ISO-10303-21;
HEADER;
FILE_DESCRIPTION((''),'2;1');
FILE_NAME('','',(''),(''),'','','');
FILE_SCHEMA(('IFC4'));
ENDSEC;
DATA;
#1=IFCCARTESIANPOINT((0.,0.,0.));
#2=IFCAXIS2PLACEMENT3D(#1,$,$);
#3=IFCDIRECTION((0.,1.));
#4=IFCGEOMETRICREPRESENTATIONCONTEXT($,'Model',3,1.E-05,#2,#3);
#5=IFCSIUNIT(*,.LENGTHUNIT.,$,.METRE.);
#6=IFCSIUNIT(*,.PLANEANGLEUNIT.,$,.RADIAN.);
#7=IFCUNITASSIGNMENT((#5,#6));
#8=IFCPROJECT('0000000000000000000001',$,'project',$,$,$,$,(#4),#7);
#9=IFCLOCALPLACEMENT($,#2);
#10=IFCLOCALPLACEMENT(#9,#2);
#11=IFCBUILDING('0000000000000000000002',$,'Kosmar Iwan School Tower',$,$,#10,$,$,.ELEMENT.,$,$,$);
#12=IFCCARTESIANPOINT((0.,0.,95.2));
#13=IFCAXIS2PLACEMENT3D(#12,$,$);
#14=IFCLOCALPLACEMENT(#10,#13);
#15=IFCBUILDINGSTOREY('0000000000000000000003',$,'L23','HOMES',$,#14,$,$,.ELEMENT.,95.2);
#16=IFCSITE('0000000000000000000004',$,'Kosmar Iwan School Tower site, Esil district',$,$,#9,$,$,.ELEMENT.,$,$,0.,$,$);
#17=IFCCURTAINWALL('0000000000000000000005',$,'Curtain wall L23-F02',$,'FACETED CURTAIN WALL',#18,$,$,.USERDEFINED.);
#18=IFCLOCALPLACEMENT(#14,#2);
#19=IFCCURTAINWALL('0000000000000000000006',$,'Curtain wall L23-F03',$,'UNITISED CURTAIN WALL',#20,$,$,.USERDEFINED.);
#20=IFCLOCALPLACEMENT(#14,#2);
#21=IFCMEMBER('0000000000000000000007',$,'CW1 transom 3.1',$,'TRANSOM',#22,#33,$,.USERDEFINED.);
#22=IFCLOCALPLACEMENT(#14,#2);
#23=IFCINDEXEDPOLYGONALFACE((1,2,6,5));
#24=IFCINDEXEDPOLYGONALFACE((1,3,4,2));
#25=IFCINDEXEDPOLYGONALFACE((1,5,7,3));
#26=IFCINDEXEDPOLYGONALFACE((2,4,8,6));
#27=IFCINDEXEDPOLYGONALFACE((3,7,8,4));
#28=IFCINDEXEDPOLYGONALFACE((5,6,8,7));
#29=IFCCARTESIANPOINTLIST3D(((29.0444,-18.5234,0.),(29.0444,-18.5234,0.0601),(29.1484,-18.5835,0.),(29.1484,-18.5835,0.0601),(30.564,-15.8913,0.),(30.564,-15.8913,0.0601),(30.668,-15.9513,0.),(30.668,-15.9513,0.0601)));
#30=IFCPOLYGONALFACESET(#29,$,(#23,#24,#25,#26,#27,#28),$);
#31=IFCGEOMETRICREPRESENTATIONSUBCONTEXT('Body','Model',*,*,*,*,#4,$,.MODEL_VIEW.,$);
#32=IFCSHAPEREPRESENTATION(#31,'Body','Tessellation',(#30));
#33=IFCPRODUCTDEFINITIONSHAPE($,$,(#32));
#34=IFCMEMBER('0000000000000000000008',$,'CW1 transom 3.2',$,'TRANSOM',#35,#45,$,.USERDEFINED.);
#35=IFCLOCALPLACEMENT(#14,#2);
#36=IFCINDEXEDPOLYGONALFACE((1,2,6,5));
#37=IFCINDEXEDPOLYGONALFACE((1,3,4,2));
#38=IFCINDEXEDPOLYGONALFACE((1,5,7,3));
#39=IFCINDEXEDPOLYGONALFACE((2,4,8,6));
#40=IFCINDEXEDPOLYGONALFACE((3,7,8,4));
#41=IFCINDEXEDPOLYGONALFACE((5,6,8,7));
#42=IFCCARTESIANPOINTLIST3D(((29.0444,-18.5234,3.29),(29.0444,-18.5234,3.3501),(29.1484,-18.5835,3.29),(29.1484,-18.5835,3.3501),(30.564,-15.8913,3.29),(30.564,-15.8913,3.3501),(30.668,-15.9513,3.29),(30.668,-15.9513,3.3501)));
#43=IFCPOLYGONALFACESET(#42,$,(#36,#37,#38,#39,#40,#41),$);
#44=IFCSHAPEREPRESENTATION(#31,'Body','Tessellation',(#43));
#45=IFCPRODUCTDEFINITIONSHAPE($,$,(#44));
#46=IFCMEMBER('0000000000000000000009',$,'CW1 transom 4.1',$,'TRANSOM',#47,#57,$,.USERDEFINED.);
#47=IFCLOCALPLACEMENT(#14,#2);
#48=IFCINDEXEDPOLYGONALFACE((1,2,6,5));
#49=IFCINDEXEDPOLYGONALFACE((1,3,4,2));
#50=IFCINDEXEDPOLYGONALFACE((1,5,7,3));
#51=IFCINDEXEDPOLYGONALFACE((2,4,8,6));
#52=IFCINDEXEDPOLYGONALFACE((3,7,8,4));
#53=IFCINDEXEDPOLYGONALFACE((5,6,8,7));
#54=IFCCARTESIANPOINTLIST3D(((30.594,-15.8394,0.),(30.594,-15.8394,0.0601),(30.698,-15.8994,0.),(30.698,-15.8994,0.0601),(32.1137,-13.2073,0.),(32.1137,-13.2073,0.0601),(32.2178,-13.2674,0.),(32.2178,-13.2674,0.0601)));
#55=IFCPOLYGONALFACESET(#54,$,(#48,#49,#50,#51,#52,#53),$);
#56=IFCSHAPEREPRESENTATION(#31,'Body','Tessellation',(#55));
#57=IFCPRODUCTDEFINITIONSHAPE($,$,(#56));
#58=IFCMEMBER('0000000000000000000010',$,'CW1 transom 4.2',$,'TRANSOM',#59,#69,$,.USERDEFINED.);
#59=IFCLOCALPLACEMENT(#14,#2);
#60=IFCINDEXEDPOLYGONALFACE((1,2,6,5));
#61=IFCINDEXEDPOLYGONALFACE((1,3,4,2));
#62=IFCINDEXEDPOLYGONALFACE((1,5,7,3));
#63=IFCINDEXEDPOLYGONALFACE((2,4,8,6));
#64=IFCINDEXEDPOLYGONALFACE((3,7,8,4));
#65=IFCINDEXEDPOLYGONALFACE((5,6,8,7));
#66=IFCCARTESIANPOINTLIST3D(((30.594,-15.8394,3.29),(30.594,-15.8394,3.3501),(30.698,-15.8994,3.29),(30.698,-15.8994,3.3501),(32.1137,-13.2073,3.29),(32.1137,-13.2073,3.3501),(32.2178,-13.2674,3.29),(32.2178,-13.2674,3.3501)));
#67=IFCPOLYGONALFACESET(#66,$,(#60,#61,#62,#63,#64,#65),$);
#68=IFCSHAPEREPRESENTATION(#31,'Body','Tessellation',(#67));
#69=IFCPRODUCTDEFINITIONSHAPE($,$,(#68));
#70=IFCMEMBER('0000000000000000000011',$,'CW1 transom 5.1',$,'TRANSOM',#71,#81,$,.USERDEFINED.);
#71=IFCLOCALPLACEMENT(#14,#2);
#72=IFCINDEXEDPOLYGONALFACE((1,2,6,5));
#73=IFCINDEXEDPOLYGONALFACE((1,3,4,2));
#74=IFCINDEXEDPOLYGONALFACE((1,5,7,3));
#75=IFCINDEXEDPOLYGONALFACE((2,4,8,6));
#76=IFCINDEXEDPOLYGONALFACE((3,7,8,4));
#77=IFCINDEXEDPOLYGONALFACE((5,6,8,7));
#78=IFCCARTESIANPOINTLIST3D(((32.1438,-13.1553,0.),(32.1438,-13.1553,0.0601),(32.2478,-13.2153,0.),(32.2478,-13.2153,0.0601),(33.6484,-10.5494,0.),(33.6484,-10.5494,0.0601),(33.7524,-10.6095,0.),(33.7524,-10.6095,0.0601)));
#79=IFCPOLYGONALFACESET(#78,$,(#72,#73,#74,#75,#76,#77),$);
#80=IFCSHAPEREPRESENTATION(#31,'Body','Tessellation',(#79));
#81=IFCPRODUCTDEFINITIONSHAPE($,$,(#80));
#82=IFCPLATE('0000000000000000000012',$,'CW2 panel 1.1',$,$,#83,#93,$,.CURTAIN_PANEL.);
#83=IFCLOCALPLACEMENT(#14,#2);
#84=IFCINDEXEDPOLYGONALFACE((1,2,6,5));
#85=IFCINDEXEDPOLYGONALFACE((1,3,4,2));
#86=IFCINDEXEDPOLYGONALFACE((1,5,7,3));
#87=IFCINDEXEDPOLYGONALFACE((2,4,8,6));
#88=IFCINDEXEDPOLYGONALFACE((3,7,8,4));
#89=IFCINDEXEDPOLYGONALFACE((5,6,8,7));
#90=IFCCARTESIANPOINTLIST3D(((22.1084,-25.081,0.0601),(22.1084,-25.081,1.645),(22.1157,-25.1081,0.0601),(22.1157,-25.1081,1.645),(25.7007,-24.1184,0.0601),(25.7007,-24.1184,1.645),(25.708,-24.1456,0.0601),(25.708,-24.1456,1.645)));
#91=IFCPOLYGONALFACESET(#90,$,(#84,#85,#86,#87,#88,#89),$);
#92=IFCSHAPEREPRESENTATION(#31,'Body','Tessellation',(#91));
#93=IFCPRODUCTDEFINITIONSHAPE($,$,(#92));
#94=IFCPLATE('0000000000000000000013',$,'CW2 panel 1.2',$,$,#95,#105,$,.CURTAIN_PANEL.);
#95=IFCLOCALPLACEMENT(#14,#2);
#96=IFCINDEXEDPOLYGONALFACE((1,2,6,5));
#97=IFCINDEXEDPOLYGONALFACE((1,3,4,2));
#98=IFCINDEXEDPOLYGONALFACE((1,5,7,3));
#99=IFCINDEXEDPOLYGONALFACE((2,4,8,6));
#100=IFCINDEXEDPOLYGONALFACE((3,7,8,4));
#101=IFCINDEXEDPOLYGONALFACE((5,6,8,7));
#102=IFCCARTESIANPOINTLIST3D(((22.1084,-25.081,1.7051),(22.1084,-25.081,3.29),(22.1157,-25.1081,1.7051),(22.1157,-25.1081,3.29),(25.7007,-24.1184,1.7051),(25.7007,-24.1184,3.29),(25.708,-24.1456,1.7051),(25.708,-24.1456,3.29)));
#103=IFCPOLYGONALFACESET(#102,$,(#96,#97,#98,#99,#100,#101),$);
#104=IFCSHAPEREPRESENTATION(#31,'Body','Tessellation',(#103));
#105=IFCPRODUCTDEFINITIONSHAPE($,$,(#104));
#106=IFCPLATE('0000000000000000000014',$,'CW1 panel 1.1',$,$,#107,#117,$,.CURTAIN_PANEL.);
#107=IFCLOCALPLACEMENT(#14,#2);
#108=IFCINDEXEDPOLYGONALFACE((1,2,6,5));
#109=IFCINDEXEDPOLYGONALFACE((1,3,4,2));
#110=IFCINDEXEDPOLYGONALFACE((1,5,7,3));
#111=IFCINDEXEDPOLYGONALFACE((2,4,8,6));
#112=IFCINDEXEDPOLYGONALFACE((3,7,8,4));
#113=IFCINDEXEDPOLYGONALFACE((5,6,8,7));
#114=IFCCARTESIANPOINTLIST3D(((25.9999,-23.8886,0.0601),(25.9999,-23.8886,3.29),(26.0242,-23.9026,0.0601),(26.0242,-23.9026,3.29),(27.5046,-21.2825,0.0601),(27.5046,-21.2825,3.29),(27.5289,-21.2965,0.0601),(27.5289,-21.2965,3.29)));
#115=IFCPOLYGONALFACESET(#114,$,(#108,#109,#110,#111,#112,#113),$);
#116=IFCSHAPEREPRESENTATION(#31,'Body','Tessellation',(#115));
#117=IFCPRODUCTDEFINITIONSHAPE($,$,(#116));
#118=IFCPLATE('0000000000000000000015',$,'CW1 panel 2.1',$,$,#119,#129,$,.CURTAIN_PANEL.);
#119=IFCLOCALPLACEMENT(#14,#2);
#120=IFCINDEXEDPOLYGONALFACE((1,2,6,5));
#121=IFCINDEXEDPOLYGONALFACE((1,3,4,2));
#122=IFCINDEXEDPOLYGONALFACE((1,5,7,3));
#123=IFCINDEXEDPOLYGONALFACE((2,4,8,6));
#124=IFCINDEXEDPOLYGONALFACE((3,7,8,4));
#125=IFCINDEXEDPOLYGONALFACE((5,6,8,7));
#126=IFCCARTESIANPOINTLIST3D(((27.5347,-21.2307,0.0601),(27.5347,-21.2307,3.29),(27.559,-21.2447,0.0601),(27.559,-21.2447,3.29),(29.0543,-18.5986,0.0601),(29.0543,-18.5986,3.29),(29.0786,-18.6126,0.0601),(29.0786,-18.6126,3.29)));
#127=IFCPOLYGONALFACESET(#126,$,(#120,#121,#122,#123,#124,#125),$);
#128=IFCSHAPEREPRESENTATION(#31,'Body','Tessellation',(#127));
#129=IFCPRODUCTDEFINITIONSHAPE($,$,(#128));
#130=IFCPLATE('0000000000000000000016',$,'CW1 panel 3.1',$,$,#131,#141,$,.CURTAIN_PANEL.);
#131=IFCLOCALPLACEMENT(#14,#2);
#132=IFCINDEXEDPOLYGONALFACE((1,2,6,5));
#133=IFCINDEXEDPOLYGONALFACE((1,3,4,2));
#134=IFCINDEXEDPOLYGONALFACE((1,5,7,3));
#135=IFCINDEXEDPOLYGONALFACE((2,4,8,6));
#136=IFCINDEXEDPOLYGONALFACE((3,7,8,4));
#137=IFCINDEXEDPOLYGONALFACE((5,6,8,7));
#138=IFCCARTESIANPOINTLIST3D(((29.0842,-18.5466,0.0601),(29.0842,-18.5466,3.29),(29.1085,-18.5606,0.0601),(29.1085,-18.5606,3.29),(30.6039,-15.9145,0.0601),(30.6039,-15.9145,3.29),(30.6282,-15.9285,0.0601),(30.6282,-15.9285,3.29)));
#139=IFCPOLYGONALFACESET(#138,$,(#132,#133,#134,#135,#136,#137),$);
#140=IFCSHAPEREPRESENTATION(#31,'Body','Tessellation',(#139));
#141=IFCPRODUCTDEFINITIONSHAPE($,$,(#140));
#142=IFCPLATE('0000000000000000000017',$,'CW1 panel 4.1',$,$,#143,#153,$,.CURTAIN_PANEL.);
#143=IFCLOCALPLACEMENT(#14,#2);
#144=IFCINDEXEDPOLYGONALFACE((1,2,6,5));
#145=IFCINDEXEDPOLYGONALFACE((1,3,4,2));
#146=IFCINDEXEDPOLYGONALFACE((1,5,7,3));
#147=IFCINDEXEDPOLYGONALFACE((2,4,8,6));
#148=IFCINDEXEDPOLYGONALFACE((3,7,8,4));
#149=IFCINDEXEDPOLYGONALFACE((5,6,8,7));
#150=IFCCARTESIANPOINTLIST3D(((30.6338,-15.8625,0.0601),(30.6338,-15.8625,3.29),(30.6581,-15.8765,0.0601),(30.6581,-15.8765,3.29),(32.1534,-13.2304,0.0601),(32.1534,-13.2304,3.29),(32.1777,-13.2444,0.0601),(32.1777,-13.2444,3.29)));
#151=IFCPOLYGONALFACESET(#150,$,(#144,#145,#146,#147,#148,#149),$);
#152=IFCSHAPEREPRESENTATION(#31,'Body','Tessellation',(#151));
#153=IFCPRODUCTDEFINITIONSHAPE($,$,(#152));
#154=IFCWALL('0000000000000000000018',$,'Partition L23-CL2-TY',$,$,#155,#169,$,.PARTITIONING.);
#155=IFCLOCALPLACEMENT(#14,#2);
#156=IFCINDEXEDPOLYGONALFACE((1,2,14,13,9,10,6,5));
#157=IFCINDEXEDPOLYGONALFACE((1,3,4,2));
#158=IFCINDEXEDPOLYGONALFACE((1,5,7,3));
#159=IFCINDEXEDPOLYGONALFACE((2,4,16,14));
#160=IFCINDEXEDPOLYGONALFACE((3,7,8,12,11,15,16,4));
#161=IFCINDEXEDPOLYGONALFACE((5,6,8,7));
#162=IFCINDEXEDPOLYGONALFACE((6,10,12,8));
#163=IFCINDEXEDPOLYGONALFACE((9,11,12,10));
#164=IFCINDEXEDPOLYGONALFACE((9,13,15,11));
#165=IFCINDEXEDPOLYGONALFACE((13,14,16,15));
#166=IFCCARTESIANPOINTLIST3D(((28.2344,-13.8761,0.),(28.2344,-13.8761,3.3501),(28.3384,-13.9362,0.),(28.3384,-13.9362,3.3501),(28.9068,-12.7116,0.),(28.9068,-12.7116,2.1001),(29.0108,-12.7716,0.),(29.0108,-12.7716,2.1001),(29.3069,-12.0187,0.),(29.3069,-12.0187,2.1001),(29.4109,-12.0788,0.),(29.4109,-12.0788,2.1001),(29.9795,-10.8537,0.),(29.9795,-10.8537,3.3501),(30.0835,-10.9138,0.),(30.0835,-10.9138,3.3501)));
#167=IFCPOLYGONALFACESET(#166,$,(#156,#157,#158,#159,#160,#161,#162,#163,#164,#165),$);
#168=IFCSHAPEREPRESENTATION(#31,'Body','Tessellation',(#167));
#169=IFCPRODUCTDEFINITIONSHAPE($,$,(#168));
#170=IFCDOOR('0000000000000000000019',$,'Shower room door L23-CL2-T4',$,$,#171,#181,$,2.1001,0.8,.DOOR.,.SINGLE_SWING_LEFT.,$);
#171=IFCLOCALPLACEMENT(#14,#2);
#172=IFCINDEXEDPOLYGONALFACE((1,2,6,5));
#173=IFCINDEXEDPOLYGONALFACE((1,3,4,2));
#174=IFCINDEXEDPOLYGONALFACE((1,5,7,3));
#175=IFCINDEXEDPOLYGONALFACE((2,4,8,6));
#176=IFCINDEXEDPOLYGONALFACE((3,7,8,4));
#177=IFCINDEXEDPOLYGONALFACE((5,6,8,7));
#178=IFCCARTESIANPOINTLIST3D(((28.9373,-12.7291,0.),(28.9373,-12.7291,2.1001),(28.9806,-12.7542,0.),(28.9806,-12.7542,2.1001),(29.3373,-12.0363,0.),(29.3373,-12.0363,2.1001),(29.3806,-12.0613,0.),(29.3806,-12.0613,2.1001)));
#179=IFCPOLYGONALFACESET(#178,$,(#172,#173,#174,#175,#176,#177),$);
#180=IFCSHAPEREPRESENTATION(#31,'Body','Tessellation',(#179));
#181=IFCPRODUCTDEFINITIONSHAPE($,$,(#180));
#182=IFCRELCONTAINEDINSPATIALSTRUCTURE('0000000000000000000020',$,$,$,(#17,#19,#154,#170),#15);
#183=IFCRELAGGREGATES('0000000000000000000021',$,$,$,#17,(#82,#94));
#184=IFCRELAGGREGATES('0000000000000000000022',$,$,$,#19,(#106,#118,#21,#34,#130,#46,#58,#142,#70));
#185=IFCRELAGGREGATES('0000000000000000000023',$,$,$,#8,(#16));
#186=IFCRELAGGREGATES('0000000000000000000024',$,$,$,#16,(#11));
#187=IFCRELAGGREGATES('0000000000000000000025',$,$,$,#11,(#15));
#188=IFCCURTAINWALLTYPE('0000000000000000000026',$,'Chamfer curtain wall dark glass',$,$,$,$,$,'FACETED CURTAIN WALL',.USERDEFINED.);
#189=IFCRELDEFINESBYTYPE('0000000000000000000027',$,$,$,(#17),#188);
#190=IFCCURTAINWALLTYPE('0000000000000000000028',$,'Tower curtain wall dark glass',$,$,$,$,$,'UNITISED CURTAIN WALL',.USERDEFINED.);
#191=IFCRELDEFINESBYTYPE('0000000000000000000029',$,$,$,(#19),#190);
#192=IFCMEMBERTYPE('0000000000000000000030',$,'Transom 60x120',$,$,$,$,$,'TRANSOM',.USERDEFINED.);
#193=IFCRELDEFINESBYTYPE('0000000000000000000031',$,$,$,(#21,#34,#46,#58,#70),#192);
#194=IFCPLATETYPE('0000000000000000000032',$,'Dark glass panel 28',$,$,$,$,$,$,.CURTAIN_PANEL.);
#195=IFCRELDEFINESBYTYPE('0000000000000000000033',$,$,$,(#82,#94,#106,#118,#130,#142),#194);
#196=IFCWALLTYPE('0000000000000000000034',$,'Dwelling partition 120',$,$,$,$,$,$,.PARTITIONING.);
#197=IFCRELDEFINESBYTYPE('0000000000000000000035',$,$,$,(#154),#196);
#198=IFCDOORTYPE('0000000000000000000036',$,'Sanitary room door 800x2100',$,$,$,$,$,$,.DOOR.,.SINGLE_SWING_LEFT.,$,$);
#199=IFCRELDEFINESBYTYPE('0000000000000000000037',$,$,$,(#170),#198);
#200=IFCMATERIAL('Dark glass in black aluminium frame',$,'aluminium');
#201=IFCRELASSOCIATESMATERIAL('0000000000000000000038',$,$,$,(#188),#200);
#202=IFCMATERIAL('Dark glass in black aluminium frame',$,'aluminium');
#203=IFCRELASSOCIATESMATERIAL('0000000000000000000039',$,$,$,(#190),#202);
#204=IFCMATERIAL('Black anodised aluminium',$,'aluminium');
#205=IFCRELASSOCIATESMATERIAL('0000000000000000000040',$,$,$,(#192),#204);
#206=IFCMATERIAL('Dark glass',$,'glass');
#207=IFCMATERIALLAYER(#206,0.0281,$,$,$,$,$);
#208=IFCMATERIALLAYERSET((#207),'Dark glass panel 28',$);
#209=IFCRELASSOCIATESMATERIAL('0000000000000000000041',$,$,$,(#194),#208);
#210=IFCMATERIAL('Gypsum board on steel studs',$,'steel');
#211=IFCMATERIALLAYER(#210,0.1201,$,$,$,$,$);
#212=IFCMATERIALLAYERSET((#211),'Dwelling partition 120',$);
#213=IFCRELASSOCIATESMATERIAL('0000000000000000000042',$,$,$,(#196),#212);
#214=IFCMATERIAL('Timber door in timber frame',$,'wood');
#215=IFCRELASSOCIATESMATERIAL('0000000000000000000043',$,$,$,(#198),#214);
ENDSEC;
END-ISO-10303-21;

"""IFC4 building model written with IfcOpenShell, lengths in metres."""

from ifc_helpers import new_model, si_unit, direction, frame, frame_2d, origin, origin_2d, place, context, subcontext, project, spatial, rectangle, extrude, material, layer, layer_set, material_profile, profile_set, type_object, element, fill, aggregate, save


model = new_model("IFC4")

# Units and contexts
model_context = context("Model", 3, precision=1e-05, world=origin(), true_north=direction((0.0, 1.0)))
body_context = subcontext(model_context, "Body", "Model", "MODEL_VIEW")
ifc_project = project(units=[si_unit("LENGTHUNIT", "METRE"), si_unit("PLANEANGLEUNIT", "RADIAN")], contexts=[model_context])

# Site, building, storey
site_placement = place(None, origin())
site = spatial("IfcSite", under=ifc_project, at=site_placement, Name="Kosmar Iwan School Tower site, Esil district", CompositionType="ELEMENT", RefElevation=0.0)
building_placement = place(site_placement, origin())
building = spatial("IfcBuilding", under=site, at=building_placement, Name="Kosmar Iwan School Tower", CompositionType="ELEMENT")
storey_placement = place(building_placement, frame((0.0, 0.0, 95.2)))
storey = spatial("IfcBuildingStorey", under=building, at=storey_placement, Name="L23", Description="HOMES", CompositionType="ELEMENT", Elevation=95.2)

# Curtain wall
ifc_material_1 = material(Name="Dark glass in black aluminium frame", Category="aluminium")
curtain_wall_type_1 = type_object("IfcCurtainWallType", Name="Chamfer curtain wall dark glass", ElementType="FACETED CURTAIN WALL", PredefinedType="USERDEFINED", material=ifc_material_1)
curtain_wall_1_placement = place(storey_placement, origin())
curtain_wall_1 = element("IfcCurtainWall", 1, at=curtain_wall_1_placement, inside=storey, type_object=curtain_wall_type_1, Name="Curtain wall L23-F02", ObjectType="FACETED CURTAIN WALL", PredefinedType="USERDEFINED")

# Curtain wall
ifc_material_2 = material(Name="Dark glass in black aluminium frame", Category="aluminium")
curtain_wall_type_2 = type_object("IfcCurtainWallType", Name="Tower curtain wall dark glass", ElementType="UNITISED CURTAIN WALL", PredefinedType="USERDEFINED", material=ifc_material_2)
curtain_wall_2_placement = place(storey_placement, origin())
curtain_wall_2 = element("IfcCurtainWall", 2, at=curtain_wall_2_placement, inside=storey, type_object=curtain_wall_type_2, Name="Curtain wall L23-F03", ObjectType="UNITISED CURTAIN WALL", PredefinedType="USERDEFINED")

# Members
ifc_material_3 = material(Name="Black anodised aluminium", Category="aluminium")
ifc_material_profile_1 = material_profile(ifc_material_3, rectangle(XDim=0.1201, YDim=0.0601, at=origin_2d()), Name="TRANSOM 60x120")
ifc_profile_set_1 = profile_set([ifc_material_profile_1], Name="Black anodised aluminium")
member_type_1 = type_object("IfcMemberType", Name="Transom 60x120", ElementType="TRANSOM", PredefinedType="USERDEFINED", material=ifc_profile_set_1)
member_1_placement = place(storey_placement, frame((29.0964, -18.5535, 0.03), z_axis=(0.499975, 0.86604, 0.0), x_axis=(-0.86604, 0.499975, 0.0)))
member_1 = element("IfcMember", 3, at=member_1_placement, type_object=member_type_1, Name="CW1 transom 3.1", ObjectType="TRANSOM", PredefinedType="USERDEFINED", context=body_context, shape_type="SweptSolid", body=[
    extrude(rectangle(XDim=0.1201, YDim=0.0601, at=origin_2d()), origin(), (0.0, 0.0, 1.0), 3.0393),
])
member_2_placement = place(storey_placement, frame((29.0964, -18.5535, 3.3201), z_axis=(0.499975, 0.86604, 0.0), x_axis=(-0.86604, 0.499975, 0.0)))
member_2 = element("IfcMember", 4, at=member_2_placement, type_object=member_type_1, Name="CW1 transom 3.2", ObjectType="TRANSOM", PredefinedType="USERDEFINED", context=body_context, shape_type="SweptSolid", body=[
    extrude(rectangle(XDim=0.1201, YDim=0.0601, at=origin_2d()), origin(), (0.0, 0.0, 1.0), 3.0393),
])
member_3_placement = place(storey_placement, frame((30.646, -15.8694, 0.03), z_axis=(0.500035, 0.866005, 0.0), x_axis=(-0.866005, 0.500035, 0.0)))
member_3 = element("IfcMember", 5, at=member_3_placement, type_object=member_type_1, Name="CW1 transom 4.1", ObjectType="TRANSOM", PredefinedType="USERDEFINED", context=body_context, shape_type="SweptSolid", body=[
    extrude(rectangle(XDim=0.1201, YDim=0.0601, at=origin_2d()), origin(), (0.0, 0.0, 1.0), 3.0393),
])
member_4_placement = place(storey_placement, frame((30.646, -15.8694, 3.3201), z_axis=(0.500035, 0.866005, 0.0), x_axis=(-0.866005, 0.500035, 0.0)))
member_4 = element("IfcMember", 6, at=member_4_placement, type_object=member_type_1, Name="CW1 transom 4.2", ObjectType="TRANSOM", PredefinedType="USERDEFINED", context=body_context, shape_type="SweptSolid", body=[
    extrude(rectangle(XDim=0.1201, YDim=0.0601, at=origin_2d()), origin(), (0.0, 0.0, 1.0), 3.0393),
])
member_5_placement = place(storey_placement, frame((32.1958, -13.1853, 0.03), z_axis=(0.500022, 0.866013, 0.0), x_axis=(-0.866013, 0.500022, 0.0)))
member_5 = element("IfcMember", 7, at=member_5_placement, type_object=member_type_1, Name="CW1 transom 5.1", ObjectType="TRANSOM", PredefinedType="USERDEFINED", context=body_context, shape_type="SweptSolid", body=[
    extrude(rectangle(XDim=0.1201, YDim=0.0601, at=origin_2d()), origin(), (0.0, 0.0, 1.0), 3.009),
])

# Plates
ifc_material_4 = material(Name="Dark glass", Category="glass")
ifc_layer_1 = layer(ifc_material_4, 0.0281)
ifc_layer_set_1 = layer_set([ifc_layer_1], Name="Dark glass panel 28")
plate_type = type_object("IfcPlateType", Name="Dark glass panel 28", PredefinedType="CURTAIN_PANEL", material=ifc_layer_set_1)
plate_1_placement = place(storey_placement, frame((23.9082, -24.6133, 0.0601), z_axis=(0.0, 0.0, 1.0), x_axis=(0.965926, 0.258819, 0.0)))
plate_1 = element("IfcPlate", 8, at=plate_1_placement, type_object=plate_type, Name="CW2 panel 1.1", PredefinedType="CURTAIN_PANEL", context=body_context, shape_type="SweptSolid", body=[
    extrude(rectangle(XDim=3.719, YDim=0.0281, at=origin_2d()), origin(), (0.0, 0.0, 1.0), 1.585),
])
plate_2_placement = place(storey_placement, frame((23.9082, -24.6133, 1.7051), z_axis=(0.0, 0.0, 1.0), x_axis=(0.965926, 0.258819, 0.0)))
plate_2 = element("IfcPlate", 9, at=plate_2_placement, type_object=plate_type, Name="CW2 panel 1.2", PredefinedType="CURTAIN_PANEL", context=body_context, shape_type="SweptSolid", body=[
    extrude(rectangle(XDim=3.719, YDim=0.0281, at=origin_2d()), origin(), (0.0, 0.0, 1.0), 1.585),
])
aggregate(curtain_wall_1, [plate_1, plate_2])
plate_3_placement = place(storey_placement, frame((26.7644, -22.5925, 0.0601), z_axis=(0.0, 0.0, 1.0), x_axis=(0.5, 0.866025, 0.0)))
plate_3 = element("IfcPlate", 10, at=plate_3_placement, type_object=plate_type, Name="CW1 panel 1.1", PredefinedType="CURTAIN_PANEL", context=body_context, shape_type="SweptSolid", body=[
    extrude(rectangle(XDim=3.0093, YDim=0.0281, at=origin_2d()), origin(), (0.0, 0.0, 1.0), 3.23),
])
plate_4_placement = place(storey_placement, frame((28.3066, -19.9216, 0.0601), z_axis=(0.0, 0.0, 1.0), x_axis=(0.5, 0.866025, 0.0)))
plate_4 = element("IfcPlate", 11, at=plate_4_placement, type_object=plate_type, Name="CW1 panel 2.1", PredefinedType="CURTAIN_PANEL", context=body_context, shape_type="SweptSolid", body=[
    extrude(rectangle(XDim=3.0393, YDim=0.0281, at=origin_2d()), origin(), (0.0, 0.0, 1.0), 3.23),
])
plate_5_placement = place(storey_placement, frame((29.8562, -17.2375, 0.0601), z_axis=(0.0, 0.0, 1.0), x_axis=(0.5, 0.866025, 0.0)))
plate_5 = element("IfcPlate", 12, at=plate_5_placement, type_object=plate_type, Name="CW1 panel 3.1", PredefinedType="CURTAIN_PANEL", context=body_context, shape_type="SweptSolid", body=[
    extrude(rectangle(XDim=3.0393, YDim=0.0281, at=origin_2d()), origin(), (0.0, 0.0, 1.0), 3.23),
])
plate_6_placement = place(storey_placement, frame((31.4058, -14.5535, 0.0601), z_axis=(0.0, 0.0, 1.0), x_axis=(0.5, 0.866025, 0.0)))
plate_6 = element("IfcPlate", 13, at=plate_6_placement, type_object=plate_type, Name="CW1 panel 4.1", PredefinedType="CURTAIN_PANEL", context=body_context, shape_type="SweptSolid", body=[
    extrude(rectangle(XDim=3.0393, YDim=0.0281, at=origin_2d()), origin(), (0.0, 0.0, 1.0), 3.23),
])
aggregate(curtain_wall_2, [plate_3, plate_4, member_1, member_2, plate_5, member_3, member_4, plate_6, member_5])

# Wall, opening, door
ifc_material_5 = material(Name="Gypsum board on steel studs", Category="steel")
ifc_layer_2 = layer(ifc_material_5, 0.1201)
ifc_layer_set_2 = layer_set([ifc_layer_2], Name="Dwelling partition 120")
wall_type = type_object("IfcWallType", Name="Dwelling partition 120", PredefinedType="PARTITIONING", material=ifc_layer_set_2)
wall_1_placement = place(storey_placement, frame((28.2864, -13.9062, 0.0), z_axis=(0.0, 0.0, 1.0), x_axis=(0.500021, 0.866013, 0.0)))
wall_1 = element("IfcWall", 14, at=wall_1_placement, inside=storey, type_object=wall_type, Name="Partition L23-CL2-TY", PredefinedType="PARTITIONING", context=body_context, shape_type="SweptSolid", body=[
    extrude(rectangle(XDim=3.49, YDim=0.1201, at=frame_2d((1.7451, 0.0))), origin(), (0.0, 0.0, 1.0), 3.3501),
])
opening_placement = place(wall_1_placement, frame((1.345, 0.0, 0.0)))
opening = element("IfcOpeningElement", 15, at=opening_placement, cuts=wall_1, PredefinedType="OPENING", context=body_context, shape_type="SweptSolid", body=[
    extrude(rectangle(XDim=0.8, YDim=2.1001, at=frame_2d((0.3999, 1.05))), frame((0.0, 0.072, 0.0), z_axis=(0.0, -1.0, 0.0), x_axis=(1.0, 0.0, 0.0)), (0.0, 0.0, 1.0), 0.144),
])
ifc_material_6 = material(Name="Timber door in timber frame", Category="wood")
door_type = type_object("IfcDoorType", Name="Sanitary room door 800x2100", OperationType="SINGLE_SWING_LEFT", PredefinedType="DOOR", material=ifc_material_6)
door_placement = place(opening_placement, origin())
door = element("IfcDoor", 16, at=door_placement, inside=storey, type_object=door_type, Name="Shower room door L23-CL2-T4", OperationType="SINGLE_SWING_LEFT", OverallHeight=2.1001, OverallWidth=0.8, PredefinedType="DOOR", context=body_context, shape_type="SweptSolid", body=[
    extrude(rectangle(XDim=0.8, YDim=2.1001, at=frame_2d((0.3999, 1.05))), frame((0.0, 0.0249, 0.0), z_axis=(0.0, -1.0, 0.0), x_axis=(1.0, 0.0, 0.0)), (0.0, 0.0, 1.0), 0.05),
])
fill(opening, door)

save(model, "model.ifc")
